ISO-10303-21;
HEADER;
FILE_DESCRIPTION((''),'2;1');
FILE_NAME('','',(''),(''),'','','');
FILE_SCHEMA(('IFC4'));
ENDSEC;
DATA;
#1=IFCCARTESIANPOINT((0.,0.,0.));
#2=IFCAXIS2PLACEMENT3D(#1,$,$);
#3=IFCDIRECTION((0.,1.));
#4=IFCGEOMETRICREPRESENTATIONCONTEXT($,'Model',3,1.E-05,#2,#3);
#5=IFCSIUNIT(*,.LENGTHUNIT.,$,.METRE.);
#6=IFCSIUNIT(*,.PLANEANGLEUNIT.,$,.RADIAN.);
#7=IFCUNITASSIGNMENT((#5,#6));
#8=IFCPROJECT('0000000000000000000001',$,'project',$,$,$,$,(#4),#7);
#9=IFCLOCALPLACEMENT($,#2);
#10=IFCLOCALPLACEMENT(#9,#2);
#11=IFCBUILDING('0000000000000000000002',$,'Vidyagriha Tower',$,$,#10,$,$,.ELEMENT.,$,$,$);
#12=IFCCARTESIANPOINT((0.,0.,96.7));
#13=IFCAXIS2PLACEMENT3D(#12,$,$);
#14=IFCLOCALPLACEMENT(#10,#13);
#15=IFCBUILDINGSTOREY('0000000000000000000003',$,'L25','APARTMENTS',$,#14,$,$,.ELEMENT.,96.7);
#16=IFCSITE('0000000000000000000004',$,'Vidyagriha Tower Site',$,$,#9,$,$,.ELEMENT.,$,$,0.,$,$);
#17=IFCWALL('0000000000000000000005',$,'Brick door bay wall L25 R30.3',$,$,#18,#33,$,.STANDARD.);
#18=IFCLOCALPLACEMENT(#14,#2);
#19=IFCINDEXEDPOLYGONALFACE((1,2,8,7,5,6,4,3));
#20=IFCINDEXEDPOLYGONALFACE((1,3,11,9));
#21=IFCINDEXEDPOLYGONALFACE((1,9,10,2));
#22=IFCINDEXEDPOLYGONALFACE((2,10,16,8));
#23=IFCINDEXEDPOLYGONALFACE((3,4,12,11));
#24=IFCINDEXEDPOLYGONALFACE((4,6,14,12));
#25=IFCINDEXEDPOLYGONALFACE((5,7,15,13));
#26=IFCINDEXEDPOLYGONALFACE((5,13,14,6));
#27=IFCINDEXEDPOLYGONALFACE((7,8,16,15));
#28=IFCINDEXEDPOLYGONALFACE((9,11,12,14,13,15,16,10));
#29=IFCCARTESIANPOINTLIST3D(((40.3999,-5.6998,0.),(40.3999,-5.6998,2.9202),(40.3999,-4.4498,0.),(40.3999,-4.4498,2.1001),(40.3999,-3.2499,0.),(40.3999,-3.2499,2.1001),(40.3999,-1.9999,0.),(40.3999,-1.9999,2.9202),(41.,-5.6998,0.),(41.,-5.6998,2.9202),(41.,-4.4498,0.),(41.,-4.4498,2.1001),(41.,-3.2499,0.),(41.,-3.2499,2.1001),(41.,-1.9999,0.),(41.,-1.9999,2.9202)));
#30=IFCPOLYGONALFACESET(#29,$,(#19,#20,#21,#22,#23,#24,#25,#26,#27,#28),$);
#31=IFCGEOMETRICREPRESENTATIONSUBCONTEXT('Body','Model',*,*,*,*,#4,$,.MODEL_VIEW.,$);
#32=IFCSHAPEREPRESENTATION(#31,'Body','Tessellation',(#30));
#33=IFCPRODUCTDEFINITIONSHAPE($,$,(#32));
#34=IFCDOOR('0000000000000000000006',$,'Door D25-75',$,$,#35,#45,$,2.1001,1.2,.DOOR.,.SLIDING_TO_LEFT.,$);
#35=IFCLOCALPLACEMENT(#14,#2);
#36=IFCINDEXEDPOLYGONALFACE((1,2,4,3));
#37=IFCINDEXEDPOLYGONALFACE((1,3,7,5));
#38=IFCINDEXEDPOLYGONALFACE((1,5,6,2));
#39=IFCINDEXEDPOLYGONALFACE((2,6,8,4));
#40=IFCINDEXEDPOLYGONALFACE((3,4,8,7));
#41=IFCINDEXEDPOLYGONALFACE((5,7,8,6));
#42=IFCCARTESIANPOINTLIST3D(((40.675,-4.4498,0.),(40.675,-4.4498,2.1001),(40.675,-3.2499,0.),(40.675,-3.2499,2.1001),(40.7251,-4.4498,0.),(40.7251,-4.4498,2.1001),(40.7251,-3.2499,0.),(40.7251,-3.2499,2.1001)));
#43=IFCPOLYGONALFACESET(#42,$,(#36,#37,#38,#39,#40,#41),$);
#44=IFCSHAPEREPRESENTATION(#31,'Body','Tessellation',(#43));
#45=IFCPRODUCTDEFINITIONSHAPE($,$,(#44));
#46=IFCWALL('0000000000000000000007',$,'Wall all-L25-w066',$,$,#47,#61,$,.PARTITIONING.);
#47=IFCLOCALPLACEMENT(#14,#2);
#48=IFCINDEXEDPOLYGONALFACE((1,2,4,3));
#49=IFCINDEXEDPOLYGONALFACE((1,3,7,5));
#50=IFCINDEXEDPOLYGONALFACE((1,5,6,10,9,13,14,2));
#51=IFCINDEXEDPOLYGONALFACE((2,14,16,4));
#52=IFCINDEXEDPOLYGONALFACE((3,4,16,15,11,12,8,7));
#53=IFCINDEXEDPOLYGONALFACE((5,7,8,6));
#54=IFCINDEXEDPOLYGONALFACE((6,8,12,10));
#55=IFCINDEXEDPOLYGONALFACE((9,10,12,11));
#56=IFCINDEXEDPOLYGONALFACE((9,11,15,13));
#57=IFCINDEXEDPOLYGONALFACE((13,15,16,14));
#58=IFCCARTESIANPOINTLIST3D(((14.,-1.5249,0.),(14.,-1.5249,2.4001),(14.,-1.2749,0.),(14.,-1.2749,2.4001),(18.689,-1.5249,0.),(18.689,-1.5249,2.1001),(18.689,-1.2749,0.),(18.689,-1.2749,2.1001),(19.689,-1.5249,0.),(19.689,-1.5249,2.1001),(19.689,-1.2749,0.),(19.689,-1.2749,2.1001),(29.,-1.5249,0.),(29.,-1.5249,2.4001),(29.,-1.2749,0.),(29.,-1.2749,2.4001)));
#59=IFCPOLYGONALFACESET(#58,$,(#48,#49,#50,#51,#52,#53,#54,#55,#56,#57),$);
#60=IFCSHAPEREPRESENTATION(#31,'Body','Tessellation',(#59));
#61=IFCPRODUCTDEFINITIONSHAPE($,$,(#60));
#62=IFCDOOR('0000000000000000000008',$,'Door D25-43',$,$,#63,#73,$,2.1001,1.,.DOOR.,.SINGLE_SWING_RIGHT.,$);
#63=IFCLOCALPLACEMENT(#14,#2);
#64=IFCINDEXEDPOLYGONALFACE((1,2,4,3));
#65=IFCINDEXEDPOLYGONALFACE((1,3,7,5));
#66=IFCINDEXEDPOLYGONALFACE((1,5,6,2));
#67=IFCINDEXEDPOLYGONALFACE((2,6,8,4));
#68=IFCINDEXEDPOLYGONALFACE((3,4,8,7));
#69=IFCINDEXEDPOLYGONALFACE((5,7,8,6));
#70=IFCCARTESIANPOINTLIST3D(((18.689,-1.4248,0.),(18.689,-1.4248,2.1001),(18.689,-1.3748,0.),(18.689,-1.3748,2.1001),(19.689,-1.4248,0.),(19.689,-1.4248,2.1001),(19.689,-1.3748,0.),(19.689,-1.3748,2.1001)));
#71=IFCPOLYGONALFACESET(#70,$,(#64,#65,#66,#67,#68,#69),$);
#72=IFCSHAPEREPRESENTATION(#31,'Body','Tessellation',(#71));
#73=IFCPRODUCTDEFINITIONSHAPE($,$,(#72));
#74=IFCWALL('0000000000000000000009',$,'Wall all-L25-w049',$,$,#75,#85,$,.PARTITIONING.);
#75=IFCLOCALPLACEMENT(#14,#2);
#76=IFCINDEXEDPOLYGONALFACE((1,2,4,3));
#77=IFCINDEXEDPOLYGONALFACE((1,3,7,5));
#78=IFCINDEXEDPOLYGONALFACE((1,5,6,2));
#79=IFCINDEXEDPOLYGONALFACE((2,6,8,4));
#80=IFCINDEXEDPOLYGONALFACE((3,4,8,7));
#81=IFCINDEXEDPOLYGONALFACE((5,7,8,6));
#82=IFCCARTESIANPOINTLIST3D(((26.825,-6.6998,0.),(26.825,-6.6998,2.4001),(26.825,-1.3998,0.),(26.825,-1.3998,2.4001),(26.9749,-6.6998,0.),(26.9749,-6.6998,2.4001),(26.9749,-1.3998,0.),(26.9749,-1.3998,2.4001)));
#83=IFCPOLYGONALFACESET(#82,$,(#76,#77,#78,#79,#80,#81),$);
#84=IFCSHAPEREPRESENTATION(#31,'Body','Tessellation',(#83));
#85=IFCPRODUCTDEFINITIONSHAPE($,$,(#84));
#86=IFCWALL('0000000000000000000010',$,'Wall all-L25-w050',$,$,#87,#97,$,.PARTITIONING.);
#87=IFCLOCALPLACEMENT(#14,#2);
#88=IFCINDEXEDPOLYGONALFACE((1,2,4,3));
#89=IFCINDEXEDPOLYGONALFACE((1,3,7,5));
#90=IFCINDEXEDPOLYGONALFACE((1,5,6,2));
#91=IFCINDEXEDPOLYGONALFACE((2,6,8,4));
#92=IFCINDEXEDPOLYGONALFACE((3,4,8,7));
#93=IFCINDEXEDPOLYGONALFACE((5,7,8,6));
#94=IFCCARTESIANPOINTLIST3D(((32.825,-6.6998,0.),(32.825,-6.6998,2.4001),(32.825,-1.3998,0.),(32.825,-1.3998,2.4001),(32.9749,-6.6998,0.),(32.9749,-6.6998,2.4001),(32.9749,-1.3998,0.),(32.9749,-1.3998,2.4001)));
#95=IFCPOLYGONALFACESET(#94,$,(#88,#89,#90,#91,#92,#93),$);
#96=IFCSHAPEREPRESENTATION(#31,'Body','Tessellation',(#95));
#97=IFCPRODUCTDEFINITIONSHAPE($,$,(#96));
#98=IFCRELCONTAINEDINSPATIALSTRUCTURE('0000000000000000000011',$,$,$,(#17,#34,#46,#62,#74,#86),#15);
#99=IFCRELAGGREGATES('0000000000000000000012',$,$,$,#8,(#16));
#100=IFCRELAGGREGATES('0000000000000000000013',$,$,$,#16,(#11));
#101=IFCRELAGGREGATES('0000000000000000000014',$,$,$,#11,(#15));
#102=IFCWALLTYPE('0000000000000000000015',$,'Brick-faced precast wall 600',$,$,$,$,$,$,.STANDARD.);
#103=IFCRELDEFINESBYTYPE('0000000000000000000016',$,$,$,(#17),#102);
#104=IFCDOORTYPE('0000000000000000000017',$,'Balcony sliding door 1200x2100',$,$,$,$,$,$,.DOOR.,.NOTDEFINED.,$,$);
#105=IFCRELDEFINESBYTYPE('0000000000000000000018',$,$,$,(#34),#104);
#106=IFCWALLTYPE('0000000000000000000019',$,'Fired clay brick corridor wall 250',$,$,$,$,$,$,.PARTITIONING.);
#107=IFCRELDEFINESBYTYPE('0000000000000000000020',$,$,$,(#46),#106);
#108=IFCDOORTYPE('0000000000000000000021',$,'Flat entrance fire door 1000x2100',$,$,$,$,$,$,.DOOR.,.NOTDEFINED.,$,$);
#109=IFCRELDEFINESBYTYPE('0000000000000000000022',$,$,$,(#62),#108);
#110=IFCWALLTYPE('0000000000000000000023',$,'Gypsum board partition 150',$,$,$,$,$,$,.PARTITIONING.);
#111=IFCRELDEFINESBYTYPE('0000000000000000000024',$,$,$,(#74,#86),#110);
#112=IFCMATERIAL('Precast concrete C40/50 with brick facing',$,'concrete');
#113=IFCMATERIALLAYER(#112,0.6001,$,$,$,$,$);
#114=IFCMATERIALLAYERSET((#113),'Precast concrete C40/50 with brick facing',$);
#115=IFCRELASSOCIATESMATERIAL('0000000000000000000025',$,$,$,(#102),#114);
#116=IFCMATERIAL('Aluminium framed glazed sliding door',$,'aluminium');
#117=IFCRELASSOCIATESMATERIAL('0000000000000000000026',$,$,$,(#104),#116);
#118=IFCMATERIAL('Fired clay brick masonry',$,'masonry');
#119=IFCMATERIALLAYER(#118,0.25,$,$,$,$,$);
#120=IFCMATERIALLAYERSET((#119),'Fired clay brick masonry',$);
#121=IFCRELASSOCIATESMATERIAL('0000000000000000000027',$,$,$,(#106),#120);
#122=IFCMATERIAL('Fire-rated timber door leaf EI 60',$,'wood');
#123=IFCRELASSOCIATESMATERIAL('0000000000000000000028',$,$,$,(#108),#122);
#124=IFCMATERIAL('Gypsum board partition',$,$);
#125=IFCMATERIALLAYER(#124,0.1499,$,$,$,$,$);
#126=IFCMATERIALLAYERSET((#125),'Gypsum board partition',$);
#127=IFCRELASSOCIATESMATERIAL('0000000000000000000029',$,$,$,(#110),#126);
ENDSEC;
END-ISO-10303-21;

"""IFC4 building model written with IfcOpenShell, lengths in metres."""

from ifc_helpers import new_model, si_unit, direction, frame, frame_2d, origin, place, context, subcontext, project, spatial, rectangle, extrude, material, layer, layer_set, type_object, element, fill, save


model = new_model("IFC4")

# Units and contexts
model_context = context("Model", 3, precision=1e-05, world=origin(), true_north=direction((0.0, 1.0)))
body_context = subcontext(model_context, "Body", "Model", "MODEL_VIEW")
ifc_project = project(units=[si_unit("LENGTHUNIT", "METRE"), si_unit("PLANEANGLEUNIT", "RADIAN")], contexts=[model_context])

# Site, building, storey
site_placement = place(None, origin())
site = spatial("IfcSite", under=ifc_project, at=site_placement, Name="Vidyagriha Tower Site", CompositionType="ELEMENT", RefElevation=0.0)
building_placement = place(site_placement, origin())
building = spatial("IfcBuilding", under=site, at=building_placement, Name="Vidyagriha Tower", CompositionType="ELEMENT")
storey_placement = place(building_placement, frame((0.0, 0.0, 96.7)))
storey = spatial("IfcBuildingStorey", under=building, at=storey_placement, Name="L25", Description="APARTMENTS", CompositionType="ELEMENT", Elevation=96.7)

# Walls, openings, doors
ifc_material_1 = material(Name="Precast concrete C40/50 with brick facing", Category="concrete")
ifc_layer_1 = layer(ifc_material_1, 0.6001)
ifc_layer_set_1 = layer_set([ifc_layer_1], Name="Precast concrete C40/50 with brick facing")
wall_type_1 = type_object("IfcWallType", Name="Brick-faced precast wall 600", PredefinedType="STANDARD", material=ifc_layer_set_1)
wall_1_placement = place(storey_placement, frame((40.7, -5.7, 0.0), z_axis=(0.0, 0.0, 1.0), x_axis=(0.0, 1.0, 0.0)))
wall_1 = element("IfcWall", 1, at=wall_1_placement, inside=storey, type_object=wall_type_1, Name="Brick door bay wall L25 R30.3", PredefinedType="STANDARD", context=body_context, shape_type="SweptSolid", body=[
    extrude(rectangle(XDim=3.7, YDim=0.6001, at=frame_2d((1.8501, 0.0))), origin(), (0.0, 0.0, 1.0), 2.9202),
])
opening_1_placement = place(wall_1_placement, frame((1.25, 0.0, 0.0)))
opening_1 = element("IfcOpeningElement", 2, at=opening_1_placement, cuts=wall_1, PredefinedType="OPENING", context=body_context, shape_type="SweptSolid", body=[
    extrude(rectangle(XDim=1.2, YDim=2.1001, at=frame_2d((0.6001, 1.05))), frame((0.0, 0.3101, 0.0), z_axis=(0.0, -1.0, 0.0), x_axis=(1.0, 0.0, 0.0)), (0.0, 0.0, 1.0), 0.6201),
])
ifc_material_2 = material(Name="Aluminium framed glazed sliding door", Category="aluminium")
door_type_1 = type_object("IfcDoorType", Name="Balcony sliding door 1200x2100", OperationType="NOTDEFINED", PredefinedType="DOOR", material=ifc_material_2)
door_1_placement = place(opening_1_placement, origin())
door_1 = element("IfcDoor", 3, at=door_1_placement, inside=storey, type_object=door_type_1, Name="Door D25-75", OperationType="SLIDING_TO_LEFT", OverallHeight=2.1001, OverallWidth=1.2, PredefinedType="DOOR", context=body_context, shape_type="SweptSolid", body=[
    extrude(rectangle(XDim=1.2, YDim=2.1001, at=frame_2d((0.6001, 1.05))), frame((0.0, 0.0249, 0.0), z_axis=(0.0, -1.0, 0.0), x_axis=(1.0, 0.0, 0.0)), (0.0, 0.0, 1.0), 0.05),
])
fill(opening_1, door_1)
ifc_material_3 = material(Name="Fired clay brick masonry", Category="masonry")
ifc_layer_2 = layer(ifc_material_3, 0.25)
ifc_layer_set_2 = layer_set([ifc_layer_2], Name="Fired clay brick masonry")
wall_type_2 = type_object("IfcWallType", Name="Fired clay brick corridor wall 250", PredefinedType="PARTITIONING", material=ifc_layer_set_2)
wall_2_placement = place(storey_placement, frame((29.0, -1.3999, 0.0), z_axis=(0.0, 0.0, 1.0), x_axis=(-1.0, 0.0, 0.0)))
wall_2 = element("IfcWall", 4, at=wall_2_placement, inside=storey, type_object=wall_type_2, Name="Wall all-L25-w066", PredefinedType="PARTITIONING", context=body_context, shape_type="SweptSolid", body=[
    extrude(rectangle(XDim=15.0, YDim=0.25, at=frame_2d((7.5, 0.0))), origin(), (0.0, 0.0, 1.0), 2.4001),
])
opening_2_placement = place(wall_2_placement, frame((9.311, 0.0, 0.0)))
opening_2 = element("IfcOpeningElement", 5, at=opening_2_placement, cuts=wall_2, PredefinedType="OPENING", context=body_context, shape_type="SweptSolid", body=[
    extrude(rectangle(XDim=1.0, YDim=2.1001, at=frame_2d((0.5, 1.05))), frame((0.0, 0.135, 0.0), z_axis=(0.0, -1.0, 0.0), x_axis=(1.0, 0.0, 0.0)), (0.0, 0.0, 1.0), 0.27),
])
ifc_material_4 = material(Name="Fire-rated timber door leaf EI 60", Category="wood")
door_type_2 = type_object("IfcDoorType", Name="Flat entrance fire door 1000x2100", OperationType="NOTDEFINED", PredefinedType="DOOR", material=ifc_material_4)
door_2_placement = place(opening_2_placement, origin())
door_2 = element("IfcDoor", 6, at=door_2_placement, inside=storey, type_object=door_type_2, Name="Door D25-43", OperationType="SINGLE_SWING_RIGHT", OverallHeight=2.1001, OverallWidth=1.0, PredefinedType="DOOR", context=body_context, shape_type="SweptSolid", body=[
    extrude(rectangle(XDim=1.0, YDim=2.1001, at=frame_2d((0.5, 1.05))), frame((0.0, 0.0249, 0.0), z_axis=(0.0, -1.0, 0.0), x_axis=(1.0, 0.0, 0.0)), (0.0, 0.0, 1.0), 0.05),
])
fill(opening_2, door_2)

# Walls
ifc_material_5 = material(Name="Gypsum board partition")
ifc_layer_3 = layer(ifc_material_5, 0.1499)
ifc_layer_set_3 = layer_set([ifc_layer_3], Name="Gypsum board partition")
wall_type_3 = type_object("IfcWallType", Name="Gypsum board partition 150", PredefinedType="PARTITIONING", material=ifc_layer_set_3)
for number, where, z_axis, x_axis, name in (
    (7, (26.8999, -1.3999, 0.0), (0.0, 0.0, 1.0), (0.0, -1.0, 0.0), "Wall all-L25-w049"),
    (8, (32.8999, -1.3999, 0.0), (0.0, 0.0, 1.0), (0.0, -1.0, 0.0), "Wall all-L25-w050"),
):
    element("IfcWall", number, at=place(storey_placement, frame(where, z_axis=z_axis, x_axis=x_axis)), inside=storey, type_object=wall_type_3, Name=name, PredefinedType="PARTITIONING", context=body_context, shape_type="SweptSolid", body=[
        extrude(rectangle(XDim=5.3, YDim=0.1499, at=frame_2d((2.6499, 0.0))), origin(), (0.0, 0.0, 1.0), 2.4001),
    ])

save(model, "model.ifc")
